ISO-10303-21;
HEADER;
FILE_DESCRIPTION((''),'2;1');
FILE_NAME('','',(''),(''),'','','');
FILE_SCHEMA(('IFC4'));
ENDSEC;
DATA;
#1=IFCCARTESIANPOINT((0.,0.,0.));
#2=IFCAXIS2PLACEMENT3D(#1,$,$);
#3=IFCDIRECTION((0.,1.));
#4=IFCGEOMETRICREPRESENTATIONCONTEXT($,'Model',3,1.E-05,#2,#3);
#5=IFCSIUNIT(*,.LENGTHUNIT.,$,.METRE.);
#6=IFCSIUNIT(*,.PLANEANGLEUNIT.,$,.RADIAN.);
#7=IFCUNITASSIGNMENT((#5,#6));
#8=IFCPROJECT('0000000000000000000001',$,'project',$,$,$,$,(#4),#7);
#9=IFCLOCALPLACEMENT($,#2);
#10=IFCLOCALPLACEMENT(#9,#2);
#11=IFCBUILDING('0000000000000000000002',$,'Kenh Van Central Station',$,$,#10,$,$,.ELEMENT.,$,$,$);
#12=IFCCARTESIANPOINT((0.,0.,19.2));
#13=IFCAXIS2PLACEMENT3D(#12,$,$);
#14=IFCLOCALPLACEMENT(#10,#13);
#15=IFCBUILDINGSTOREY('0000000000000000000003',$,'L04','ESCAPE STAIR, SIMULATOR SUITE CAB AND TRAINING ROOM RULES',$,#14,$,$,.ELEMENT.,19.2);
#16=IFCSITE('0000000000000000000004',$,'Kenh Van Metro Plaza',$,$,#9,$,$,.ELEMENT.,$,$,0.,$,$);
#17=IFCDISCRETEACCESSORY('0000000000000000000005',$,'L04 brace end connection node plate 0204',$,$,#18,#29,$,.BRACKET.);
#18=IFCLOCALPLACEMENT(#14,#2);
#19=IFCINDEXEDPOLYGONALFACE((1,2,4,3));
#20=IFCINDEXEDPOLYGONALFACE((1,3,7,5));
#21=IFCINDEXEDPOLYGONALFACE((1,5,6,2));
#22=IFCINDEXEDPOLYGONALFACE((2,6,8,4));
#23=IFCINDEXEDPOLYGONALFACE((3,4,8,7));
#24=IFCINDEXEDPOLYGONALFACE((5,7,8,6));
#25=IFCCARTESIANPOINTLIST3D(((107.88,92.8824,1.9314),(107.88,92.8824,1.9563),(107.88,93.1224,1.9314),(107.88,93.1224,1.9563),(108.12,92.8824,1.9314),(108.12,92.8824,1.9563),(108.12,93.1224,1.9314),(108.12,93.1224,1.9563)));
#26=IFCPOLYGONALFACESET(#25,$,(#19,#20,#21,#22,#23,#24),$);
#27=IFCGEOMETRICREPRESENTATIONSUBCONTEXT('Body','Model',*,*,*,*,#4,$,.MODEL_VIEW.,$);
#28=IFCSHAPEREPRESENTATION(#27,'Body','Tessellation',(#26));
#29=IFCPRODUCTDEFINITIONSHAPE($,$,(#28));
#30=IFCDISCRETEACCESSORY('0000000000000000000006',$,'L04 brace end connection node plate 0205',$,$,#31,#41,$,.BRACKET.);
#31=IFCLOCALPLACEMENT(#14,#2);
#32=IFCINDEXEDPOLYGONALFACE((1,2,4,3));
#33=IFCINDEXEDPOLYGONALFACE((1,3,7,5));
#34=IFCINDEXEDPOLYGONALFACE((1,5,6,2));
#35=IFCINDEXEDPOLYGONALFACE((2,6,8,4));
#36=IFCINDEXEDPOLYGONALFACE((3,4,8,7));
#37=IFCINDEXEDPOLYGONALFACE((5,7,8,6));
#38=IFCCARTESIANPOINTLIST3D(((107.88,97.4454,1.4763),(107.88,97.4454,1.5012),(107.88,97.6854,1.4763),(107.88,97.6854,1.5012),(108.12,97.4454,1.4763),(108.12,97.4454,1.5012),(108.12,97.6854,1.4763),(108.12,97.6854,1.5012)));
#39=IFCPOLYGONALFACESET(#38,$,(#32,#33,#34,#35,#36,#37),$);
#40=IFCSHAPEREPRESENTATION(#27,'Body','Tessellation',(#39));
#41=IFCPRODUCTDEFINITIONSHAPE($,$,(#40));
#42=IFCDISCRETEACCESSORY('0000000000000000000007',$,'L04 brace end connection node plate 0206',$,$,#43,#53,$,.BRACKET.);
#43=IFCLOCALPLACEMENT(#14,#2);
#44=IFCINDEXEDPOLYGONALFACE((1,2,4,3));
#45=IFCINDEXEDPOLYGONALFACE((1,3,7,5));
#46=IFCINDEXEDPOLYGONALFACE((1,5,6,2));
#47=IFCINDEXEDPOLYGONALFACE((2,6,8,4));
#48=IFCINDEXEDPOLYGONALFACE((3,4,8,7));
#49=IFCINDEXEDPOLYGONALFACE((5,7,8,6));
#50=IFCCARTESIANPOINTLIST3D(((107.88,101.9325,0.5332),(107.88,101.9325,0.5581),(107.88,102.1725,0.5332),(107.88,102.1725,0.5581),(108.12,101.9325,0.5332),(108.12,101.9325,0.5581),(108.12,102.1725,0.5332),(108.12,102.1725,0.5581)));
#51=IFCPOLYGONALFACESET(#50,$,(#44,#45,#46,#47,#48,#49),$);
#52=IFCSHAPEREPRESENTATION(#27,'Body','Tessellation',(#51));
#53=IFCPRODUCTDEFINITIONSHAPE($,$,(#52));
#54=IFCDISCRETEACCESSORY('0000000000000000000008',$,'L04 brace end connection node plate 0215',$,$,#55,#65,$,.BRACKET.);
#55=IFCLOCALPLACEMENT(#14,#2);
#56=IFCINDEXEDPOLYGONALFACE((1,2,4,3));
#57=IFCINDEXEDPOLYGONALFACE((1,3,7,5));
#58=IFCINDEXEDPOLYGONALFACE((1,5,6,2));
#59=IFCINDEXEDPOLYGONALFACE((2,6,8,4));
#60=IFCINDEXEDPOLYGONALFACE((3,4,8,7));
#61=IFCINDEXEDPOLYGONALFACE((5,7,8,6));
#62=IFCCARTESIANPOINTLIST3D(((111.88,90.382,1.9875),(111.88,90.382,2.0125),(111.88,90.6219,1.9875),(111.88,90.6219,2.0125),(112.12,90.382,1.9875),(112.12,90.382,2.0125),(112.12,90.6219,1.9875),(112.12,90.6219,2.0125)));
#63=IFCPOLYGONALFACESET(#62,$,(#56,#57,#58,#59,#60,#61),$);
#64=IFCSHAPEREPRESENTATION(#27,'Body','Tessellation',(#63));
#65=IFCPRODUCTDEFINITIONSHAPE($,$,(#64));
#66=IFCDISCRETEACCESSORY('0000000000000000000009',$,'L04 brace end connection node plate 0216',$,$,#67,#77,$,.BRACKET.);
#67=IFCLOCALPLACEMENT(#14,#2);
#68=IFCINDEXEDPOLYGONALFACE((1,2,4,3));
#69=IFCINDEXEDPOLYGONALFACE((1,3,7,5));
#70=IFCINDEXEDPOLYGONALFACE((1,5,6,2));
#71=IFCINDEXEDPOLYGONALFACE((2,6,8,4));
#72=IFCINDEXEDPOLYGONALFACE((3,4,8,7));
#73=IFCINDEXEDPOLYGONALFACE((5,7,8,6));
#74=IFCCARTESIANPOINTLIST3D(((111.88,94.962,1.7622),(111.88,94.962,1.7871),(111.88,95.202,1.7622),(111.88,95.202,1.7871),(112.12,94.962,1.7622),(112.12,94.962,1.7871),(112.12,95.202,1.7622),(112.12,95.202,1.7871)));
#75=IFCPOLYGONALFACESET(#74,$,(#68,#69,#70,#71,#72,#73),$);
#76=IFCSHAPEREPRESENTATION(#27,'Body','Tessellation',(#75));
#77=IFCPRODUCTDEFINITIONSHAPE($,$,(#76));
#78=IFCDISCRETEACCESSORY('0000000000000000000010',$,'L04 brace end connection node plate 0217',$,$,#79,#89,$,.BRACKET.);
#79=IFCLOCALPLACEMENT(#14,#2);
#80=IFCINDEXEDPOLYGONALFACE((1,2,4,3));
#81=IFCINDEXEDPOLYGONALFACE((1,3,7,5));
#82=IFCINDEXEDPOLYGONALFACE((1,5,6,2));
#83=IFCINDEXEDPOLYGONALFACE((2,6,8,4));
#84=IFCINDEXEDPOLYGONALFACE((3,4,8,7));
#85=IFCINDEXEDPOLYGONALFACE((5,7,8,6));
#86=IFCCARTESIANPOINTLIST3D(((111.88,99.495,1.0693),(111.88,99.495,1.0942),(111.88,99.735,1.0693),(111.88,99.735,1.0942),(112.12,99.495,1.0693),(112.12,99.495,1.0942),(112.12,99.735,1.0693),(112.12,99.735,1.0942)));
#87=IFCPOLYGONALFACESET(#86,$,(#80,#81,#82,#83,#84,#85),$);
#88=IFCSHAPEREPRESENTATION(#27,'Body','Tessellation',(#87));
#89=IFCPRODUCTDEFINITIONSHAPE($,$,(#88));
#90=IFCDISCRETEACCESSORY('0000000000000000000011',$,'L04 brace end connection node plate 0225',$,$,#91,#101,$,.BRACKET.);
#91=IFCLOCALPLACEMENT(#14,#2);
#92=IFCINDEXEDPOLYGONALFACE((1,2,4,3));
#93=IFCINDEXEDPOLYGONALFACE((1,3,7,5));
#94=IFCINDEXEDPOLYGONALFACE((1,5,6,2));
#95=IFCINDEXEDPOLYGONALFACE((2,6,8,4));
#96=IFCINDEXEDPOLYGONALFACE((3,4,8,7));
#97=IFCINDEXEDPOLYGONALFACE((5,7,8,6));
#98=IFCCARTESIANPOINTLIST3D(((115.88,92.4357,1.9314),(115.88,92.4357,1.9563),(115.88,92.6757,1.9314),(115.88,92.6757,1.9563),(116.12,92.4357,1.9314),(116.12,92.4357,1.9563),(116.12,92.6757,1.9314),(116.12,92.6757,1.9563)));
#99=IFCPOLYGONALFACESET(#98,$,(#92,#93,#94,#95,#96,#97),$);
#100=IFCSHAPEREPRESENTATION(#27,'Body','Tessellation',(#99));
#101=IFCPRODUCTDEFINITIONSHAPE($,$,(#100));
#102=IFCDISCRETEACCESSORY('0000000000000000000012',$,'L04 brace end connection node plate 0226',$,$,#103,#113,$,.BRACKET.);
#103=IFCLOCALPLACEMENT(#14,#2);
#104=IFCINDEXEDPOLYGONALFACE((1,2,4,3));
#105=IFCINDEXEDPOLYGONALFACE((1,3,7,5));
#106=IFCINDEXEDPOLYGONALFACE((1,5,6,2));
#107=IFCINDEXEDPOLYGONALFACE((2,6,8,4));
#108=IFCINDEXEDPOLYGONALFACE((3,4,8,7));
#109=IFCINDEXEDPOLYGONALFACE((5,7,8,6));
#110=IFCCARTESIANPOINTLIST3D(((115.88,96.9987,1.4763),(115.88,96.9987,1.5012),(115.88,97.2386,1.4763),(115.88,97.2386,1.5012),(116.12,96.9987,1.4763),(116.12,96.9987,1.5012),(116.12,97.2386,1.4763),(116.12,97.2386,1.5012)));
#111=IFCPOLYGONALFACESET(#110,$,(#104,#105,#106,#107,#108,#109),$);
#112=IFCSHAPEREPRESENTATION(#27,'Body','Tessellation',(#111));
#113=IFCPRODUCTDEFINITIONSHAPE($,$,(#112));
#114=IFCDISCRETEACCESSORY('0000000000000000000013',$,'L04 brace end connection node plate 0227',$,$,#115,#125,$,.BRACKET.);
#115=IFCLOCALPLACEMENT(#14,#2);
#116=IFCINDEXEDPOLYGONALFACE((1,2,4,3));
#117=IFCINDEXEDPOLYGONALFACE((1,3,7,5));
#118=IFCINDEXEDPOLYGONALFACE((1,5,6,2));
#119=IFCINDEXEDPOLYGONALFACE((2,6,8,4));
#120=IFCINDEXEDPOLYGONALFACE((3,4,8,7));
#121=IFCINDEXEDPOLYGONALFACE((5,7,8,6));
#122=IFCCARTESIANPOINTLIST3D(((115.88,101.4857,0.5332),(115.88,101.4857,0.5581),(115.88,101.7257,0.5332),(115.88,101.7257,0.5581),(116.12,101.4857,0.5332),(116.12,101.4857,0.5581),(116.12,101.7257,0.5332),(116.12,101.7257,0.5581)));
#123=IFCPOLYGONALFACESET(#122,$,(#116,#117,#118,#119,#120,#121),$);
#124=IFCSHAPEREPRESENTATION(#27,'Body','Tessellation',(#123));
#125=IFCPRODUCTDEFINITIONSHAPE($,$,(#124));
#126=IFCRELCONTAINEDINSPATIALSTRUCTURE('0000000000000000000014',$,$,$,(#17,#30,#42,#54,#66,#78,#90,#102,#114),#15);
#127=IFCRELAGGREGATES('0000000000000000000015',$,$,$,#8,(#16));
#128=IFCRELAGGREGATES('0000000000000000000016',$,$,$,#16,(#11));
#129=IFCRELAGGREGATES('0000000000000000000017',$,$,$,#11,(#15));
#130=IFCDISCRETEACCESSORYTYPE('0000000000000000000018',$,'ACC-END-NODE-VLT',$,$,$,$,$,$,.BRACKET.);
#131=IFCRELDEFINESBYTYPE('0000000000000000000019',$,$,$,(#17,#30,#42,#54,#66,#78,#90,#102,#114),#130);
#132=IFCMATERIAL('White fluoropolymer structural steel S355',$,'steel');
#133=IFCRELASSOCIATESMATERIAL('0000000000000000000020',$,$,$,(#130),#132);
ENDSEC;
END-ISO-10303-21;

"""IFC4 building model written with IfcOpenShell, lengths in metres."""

from ifc_helpers import new_model, si_unit, direction, frame, origin, origin_2d, place, context, subcontext, project, spatial, rectangle, extrude, material, type_object, element, save


model = new_model("IFC4")

# Units and contexts
model_context = context("Model", 3, precision=1e-05, world=origin(), true_north=direction((0.0, 1.0)))
body_context = subcontext(model_context, "Body", "Model", "MODEL_VIEW")
ifc_project = project(units=[si_unit("LENGTHUNIT", "METRE"), si_unit("PLANEANGLEUNIT", "RADIAN")], contexts=[model_context])

# Site, building, storey
site_placement = place(None, origin())
site = spatial("IfcSite", under=ifc_project, at=site_placement, Name="Kenh Van Metro Plaza", CompositionType="ELEMENT", RefElevation=0.0)
building_placement = place(site_placement, origin())
building = spatial("IfcBuilding", under=site, at=building_placement, Name="Kenh Van Central Station", CompositionType="ELEMENT")
storey_placement = place(building_placement, frame((0.0, 0.0, 19.2)))
storey = spatial("IfcBuildingStorey", under=building, at=storey_placement, Name="L04", Description="ESCAPE STAIR, SIMULATOR SUITE CAB AND TRAINING ROOM RULES", CompositionType="ELEMENT", Elevation=19.2)

# Shared definitions
ifc_material_1 = material(Name="White fluoropolymer structural steel S355", Category="steel")

# Discrete accessories
discrete_accessory_type_1 = type_object("IfcDiscreteAccessoryType", Name="ACC-END-NODE-VLT", PredefinedType="BRACKET", material=ifc_material_1)
for number, where, z_axis, x_axis, name in (
    (1, (108.0, 93.0024, 1.9314), (0.0, 0.0, 1.0), (1.0, 0.0, 0.0), "L04 brace end connection node plate 0204"),
    (2, (108.0, 97.5654, 1.4763), (0.0, 0.0, 1.0), (1.0, 0.0, 0.0), "L04 brace end connection node plate 0205"),
    (3, (108.0, 102.0525, 0.5332), (0.0, 0.0, 1.0), (1.0, 0.0, 0.0), "L04 brace end connection node plate 0206"),
    (4, (112.0, 90.502, 1.9875), (0.0, 0.0, 1.0), (1.0, 0.0, 0.0), "L04 brace end connection node plate 0215"),
    (5, (112.0, 95.082, 1.7622), (0.0, 0.0, 1.0), (1.0, 0.0, 0.0), "L04 brace end connection node plate 0216"),
    (6, (112.0, 99.615, 1.0693), (0.0, 0.0, 1.0), (1.0, 0.0, 0.0), "L04 brace end connection node plate 0217"),
    (7, (116.0, 92.5557, 1.9314), (0.0, 0.0, 1.0), (1.0, 0.0, 0.0), "L04 brace end connection node plate 0225"),
    (8, (116.0, 97.1187, 1.4763), (0.0, 0.0, 1.0), (1.0, 0.0, 0.0), "L04 brace end connection node plate 0226"),
    (9, (116.0, 101.6057, 0.5332), (0.0, 0.0, 1.0), (1.0, 0.0, 0.0), "L04 brace end connection node plate 0227"),
):
    element("IfcDiscreteAccessory", number, at=place(storey_placement, frame(where, z_axis=z_axis, x_axis=x_axis)), inside=storey, type_object=discrete_accessory_type_1, Name=name, PredefinedType="BRACKET", context=body_context, shape_type="SweptSolid", body=[
        extrude(rectangle(XDim=0.24, YDim=0.24, at=origin_2d()), origin(), (0.0, 0.0, 1.0), 0.0249),
    ])

save(model, "model.ifc")
